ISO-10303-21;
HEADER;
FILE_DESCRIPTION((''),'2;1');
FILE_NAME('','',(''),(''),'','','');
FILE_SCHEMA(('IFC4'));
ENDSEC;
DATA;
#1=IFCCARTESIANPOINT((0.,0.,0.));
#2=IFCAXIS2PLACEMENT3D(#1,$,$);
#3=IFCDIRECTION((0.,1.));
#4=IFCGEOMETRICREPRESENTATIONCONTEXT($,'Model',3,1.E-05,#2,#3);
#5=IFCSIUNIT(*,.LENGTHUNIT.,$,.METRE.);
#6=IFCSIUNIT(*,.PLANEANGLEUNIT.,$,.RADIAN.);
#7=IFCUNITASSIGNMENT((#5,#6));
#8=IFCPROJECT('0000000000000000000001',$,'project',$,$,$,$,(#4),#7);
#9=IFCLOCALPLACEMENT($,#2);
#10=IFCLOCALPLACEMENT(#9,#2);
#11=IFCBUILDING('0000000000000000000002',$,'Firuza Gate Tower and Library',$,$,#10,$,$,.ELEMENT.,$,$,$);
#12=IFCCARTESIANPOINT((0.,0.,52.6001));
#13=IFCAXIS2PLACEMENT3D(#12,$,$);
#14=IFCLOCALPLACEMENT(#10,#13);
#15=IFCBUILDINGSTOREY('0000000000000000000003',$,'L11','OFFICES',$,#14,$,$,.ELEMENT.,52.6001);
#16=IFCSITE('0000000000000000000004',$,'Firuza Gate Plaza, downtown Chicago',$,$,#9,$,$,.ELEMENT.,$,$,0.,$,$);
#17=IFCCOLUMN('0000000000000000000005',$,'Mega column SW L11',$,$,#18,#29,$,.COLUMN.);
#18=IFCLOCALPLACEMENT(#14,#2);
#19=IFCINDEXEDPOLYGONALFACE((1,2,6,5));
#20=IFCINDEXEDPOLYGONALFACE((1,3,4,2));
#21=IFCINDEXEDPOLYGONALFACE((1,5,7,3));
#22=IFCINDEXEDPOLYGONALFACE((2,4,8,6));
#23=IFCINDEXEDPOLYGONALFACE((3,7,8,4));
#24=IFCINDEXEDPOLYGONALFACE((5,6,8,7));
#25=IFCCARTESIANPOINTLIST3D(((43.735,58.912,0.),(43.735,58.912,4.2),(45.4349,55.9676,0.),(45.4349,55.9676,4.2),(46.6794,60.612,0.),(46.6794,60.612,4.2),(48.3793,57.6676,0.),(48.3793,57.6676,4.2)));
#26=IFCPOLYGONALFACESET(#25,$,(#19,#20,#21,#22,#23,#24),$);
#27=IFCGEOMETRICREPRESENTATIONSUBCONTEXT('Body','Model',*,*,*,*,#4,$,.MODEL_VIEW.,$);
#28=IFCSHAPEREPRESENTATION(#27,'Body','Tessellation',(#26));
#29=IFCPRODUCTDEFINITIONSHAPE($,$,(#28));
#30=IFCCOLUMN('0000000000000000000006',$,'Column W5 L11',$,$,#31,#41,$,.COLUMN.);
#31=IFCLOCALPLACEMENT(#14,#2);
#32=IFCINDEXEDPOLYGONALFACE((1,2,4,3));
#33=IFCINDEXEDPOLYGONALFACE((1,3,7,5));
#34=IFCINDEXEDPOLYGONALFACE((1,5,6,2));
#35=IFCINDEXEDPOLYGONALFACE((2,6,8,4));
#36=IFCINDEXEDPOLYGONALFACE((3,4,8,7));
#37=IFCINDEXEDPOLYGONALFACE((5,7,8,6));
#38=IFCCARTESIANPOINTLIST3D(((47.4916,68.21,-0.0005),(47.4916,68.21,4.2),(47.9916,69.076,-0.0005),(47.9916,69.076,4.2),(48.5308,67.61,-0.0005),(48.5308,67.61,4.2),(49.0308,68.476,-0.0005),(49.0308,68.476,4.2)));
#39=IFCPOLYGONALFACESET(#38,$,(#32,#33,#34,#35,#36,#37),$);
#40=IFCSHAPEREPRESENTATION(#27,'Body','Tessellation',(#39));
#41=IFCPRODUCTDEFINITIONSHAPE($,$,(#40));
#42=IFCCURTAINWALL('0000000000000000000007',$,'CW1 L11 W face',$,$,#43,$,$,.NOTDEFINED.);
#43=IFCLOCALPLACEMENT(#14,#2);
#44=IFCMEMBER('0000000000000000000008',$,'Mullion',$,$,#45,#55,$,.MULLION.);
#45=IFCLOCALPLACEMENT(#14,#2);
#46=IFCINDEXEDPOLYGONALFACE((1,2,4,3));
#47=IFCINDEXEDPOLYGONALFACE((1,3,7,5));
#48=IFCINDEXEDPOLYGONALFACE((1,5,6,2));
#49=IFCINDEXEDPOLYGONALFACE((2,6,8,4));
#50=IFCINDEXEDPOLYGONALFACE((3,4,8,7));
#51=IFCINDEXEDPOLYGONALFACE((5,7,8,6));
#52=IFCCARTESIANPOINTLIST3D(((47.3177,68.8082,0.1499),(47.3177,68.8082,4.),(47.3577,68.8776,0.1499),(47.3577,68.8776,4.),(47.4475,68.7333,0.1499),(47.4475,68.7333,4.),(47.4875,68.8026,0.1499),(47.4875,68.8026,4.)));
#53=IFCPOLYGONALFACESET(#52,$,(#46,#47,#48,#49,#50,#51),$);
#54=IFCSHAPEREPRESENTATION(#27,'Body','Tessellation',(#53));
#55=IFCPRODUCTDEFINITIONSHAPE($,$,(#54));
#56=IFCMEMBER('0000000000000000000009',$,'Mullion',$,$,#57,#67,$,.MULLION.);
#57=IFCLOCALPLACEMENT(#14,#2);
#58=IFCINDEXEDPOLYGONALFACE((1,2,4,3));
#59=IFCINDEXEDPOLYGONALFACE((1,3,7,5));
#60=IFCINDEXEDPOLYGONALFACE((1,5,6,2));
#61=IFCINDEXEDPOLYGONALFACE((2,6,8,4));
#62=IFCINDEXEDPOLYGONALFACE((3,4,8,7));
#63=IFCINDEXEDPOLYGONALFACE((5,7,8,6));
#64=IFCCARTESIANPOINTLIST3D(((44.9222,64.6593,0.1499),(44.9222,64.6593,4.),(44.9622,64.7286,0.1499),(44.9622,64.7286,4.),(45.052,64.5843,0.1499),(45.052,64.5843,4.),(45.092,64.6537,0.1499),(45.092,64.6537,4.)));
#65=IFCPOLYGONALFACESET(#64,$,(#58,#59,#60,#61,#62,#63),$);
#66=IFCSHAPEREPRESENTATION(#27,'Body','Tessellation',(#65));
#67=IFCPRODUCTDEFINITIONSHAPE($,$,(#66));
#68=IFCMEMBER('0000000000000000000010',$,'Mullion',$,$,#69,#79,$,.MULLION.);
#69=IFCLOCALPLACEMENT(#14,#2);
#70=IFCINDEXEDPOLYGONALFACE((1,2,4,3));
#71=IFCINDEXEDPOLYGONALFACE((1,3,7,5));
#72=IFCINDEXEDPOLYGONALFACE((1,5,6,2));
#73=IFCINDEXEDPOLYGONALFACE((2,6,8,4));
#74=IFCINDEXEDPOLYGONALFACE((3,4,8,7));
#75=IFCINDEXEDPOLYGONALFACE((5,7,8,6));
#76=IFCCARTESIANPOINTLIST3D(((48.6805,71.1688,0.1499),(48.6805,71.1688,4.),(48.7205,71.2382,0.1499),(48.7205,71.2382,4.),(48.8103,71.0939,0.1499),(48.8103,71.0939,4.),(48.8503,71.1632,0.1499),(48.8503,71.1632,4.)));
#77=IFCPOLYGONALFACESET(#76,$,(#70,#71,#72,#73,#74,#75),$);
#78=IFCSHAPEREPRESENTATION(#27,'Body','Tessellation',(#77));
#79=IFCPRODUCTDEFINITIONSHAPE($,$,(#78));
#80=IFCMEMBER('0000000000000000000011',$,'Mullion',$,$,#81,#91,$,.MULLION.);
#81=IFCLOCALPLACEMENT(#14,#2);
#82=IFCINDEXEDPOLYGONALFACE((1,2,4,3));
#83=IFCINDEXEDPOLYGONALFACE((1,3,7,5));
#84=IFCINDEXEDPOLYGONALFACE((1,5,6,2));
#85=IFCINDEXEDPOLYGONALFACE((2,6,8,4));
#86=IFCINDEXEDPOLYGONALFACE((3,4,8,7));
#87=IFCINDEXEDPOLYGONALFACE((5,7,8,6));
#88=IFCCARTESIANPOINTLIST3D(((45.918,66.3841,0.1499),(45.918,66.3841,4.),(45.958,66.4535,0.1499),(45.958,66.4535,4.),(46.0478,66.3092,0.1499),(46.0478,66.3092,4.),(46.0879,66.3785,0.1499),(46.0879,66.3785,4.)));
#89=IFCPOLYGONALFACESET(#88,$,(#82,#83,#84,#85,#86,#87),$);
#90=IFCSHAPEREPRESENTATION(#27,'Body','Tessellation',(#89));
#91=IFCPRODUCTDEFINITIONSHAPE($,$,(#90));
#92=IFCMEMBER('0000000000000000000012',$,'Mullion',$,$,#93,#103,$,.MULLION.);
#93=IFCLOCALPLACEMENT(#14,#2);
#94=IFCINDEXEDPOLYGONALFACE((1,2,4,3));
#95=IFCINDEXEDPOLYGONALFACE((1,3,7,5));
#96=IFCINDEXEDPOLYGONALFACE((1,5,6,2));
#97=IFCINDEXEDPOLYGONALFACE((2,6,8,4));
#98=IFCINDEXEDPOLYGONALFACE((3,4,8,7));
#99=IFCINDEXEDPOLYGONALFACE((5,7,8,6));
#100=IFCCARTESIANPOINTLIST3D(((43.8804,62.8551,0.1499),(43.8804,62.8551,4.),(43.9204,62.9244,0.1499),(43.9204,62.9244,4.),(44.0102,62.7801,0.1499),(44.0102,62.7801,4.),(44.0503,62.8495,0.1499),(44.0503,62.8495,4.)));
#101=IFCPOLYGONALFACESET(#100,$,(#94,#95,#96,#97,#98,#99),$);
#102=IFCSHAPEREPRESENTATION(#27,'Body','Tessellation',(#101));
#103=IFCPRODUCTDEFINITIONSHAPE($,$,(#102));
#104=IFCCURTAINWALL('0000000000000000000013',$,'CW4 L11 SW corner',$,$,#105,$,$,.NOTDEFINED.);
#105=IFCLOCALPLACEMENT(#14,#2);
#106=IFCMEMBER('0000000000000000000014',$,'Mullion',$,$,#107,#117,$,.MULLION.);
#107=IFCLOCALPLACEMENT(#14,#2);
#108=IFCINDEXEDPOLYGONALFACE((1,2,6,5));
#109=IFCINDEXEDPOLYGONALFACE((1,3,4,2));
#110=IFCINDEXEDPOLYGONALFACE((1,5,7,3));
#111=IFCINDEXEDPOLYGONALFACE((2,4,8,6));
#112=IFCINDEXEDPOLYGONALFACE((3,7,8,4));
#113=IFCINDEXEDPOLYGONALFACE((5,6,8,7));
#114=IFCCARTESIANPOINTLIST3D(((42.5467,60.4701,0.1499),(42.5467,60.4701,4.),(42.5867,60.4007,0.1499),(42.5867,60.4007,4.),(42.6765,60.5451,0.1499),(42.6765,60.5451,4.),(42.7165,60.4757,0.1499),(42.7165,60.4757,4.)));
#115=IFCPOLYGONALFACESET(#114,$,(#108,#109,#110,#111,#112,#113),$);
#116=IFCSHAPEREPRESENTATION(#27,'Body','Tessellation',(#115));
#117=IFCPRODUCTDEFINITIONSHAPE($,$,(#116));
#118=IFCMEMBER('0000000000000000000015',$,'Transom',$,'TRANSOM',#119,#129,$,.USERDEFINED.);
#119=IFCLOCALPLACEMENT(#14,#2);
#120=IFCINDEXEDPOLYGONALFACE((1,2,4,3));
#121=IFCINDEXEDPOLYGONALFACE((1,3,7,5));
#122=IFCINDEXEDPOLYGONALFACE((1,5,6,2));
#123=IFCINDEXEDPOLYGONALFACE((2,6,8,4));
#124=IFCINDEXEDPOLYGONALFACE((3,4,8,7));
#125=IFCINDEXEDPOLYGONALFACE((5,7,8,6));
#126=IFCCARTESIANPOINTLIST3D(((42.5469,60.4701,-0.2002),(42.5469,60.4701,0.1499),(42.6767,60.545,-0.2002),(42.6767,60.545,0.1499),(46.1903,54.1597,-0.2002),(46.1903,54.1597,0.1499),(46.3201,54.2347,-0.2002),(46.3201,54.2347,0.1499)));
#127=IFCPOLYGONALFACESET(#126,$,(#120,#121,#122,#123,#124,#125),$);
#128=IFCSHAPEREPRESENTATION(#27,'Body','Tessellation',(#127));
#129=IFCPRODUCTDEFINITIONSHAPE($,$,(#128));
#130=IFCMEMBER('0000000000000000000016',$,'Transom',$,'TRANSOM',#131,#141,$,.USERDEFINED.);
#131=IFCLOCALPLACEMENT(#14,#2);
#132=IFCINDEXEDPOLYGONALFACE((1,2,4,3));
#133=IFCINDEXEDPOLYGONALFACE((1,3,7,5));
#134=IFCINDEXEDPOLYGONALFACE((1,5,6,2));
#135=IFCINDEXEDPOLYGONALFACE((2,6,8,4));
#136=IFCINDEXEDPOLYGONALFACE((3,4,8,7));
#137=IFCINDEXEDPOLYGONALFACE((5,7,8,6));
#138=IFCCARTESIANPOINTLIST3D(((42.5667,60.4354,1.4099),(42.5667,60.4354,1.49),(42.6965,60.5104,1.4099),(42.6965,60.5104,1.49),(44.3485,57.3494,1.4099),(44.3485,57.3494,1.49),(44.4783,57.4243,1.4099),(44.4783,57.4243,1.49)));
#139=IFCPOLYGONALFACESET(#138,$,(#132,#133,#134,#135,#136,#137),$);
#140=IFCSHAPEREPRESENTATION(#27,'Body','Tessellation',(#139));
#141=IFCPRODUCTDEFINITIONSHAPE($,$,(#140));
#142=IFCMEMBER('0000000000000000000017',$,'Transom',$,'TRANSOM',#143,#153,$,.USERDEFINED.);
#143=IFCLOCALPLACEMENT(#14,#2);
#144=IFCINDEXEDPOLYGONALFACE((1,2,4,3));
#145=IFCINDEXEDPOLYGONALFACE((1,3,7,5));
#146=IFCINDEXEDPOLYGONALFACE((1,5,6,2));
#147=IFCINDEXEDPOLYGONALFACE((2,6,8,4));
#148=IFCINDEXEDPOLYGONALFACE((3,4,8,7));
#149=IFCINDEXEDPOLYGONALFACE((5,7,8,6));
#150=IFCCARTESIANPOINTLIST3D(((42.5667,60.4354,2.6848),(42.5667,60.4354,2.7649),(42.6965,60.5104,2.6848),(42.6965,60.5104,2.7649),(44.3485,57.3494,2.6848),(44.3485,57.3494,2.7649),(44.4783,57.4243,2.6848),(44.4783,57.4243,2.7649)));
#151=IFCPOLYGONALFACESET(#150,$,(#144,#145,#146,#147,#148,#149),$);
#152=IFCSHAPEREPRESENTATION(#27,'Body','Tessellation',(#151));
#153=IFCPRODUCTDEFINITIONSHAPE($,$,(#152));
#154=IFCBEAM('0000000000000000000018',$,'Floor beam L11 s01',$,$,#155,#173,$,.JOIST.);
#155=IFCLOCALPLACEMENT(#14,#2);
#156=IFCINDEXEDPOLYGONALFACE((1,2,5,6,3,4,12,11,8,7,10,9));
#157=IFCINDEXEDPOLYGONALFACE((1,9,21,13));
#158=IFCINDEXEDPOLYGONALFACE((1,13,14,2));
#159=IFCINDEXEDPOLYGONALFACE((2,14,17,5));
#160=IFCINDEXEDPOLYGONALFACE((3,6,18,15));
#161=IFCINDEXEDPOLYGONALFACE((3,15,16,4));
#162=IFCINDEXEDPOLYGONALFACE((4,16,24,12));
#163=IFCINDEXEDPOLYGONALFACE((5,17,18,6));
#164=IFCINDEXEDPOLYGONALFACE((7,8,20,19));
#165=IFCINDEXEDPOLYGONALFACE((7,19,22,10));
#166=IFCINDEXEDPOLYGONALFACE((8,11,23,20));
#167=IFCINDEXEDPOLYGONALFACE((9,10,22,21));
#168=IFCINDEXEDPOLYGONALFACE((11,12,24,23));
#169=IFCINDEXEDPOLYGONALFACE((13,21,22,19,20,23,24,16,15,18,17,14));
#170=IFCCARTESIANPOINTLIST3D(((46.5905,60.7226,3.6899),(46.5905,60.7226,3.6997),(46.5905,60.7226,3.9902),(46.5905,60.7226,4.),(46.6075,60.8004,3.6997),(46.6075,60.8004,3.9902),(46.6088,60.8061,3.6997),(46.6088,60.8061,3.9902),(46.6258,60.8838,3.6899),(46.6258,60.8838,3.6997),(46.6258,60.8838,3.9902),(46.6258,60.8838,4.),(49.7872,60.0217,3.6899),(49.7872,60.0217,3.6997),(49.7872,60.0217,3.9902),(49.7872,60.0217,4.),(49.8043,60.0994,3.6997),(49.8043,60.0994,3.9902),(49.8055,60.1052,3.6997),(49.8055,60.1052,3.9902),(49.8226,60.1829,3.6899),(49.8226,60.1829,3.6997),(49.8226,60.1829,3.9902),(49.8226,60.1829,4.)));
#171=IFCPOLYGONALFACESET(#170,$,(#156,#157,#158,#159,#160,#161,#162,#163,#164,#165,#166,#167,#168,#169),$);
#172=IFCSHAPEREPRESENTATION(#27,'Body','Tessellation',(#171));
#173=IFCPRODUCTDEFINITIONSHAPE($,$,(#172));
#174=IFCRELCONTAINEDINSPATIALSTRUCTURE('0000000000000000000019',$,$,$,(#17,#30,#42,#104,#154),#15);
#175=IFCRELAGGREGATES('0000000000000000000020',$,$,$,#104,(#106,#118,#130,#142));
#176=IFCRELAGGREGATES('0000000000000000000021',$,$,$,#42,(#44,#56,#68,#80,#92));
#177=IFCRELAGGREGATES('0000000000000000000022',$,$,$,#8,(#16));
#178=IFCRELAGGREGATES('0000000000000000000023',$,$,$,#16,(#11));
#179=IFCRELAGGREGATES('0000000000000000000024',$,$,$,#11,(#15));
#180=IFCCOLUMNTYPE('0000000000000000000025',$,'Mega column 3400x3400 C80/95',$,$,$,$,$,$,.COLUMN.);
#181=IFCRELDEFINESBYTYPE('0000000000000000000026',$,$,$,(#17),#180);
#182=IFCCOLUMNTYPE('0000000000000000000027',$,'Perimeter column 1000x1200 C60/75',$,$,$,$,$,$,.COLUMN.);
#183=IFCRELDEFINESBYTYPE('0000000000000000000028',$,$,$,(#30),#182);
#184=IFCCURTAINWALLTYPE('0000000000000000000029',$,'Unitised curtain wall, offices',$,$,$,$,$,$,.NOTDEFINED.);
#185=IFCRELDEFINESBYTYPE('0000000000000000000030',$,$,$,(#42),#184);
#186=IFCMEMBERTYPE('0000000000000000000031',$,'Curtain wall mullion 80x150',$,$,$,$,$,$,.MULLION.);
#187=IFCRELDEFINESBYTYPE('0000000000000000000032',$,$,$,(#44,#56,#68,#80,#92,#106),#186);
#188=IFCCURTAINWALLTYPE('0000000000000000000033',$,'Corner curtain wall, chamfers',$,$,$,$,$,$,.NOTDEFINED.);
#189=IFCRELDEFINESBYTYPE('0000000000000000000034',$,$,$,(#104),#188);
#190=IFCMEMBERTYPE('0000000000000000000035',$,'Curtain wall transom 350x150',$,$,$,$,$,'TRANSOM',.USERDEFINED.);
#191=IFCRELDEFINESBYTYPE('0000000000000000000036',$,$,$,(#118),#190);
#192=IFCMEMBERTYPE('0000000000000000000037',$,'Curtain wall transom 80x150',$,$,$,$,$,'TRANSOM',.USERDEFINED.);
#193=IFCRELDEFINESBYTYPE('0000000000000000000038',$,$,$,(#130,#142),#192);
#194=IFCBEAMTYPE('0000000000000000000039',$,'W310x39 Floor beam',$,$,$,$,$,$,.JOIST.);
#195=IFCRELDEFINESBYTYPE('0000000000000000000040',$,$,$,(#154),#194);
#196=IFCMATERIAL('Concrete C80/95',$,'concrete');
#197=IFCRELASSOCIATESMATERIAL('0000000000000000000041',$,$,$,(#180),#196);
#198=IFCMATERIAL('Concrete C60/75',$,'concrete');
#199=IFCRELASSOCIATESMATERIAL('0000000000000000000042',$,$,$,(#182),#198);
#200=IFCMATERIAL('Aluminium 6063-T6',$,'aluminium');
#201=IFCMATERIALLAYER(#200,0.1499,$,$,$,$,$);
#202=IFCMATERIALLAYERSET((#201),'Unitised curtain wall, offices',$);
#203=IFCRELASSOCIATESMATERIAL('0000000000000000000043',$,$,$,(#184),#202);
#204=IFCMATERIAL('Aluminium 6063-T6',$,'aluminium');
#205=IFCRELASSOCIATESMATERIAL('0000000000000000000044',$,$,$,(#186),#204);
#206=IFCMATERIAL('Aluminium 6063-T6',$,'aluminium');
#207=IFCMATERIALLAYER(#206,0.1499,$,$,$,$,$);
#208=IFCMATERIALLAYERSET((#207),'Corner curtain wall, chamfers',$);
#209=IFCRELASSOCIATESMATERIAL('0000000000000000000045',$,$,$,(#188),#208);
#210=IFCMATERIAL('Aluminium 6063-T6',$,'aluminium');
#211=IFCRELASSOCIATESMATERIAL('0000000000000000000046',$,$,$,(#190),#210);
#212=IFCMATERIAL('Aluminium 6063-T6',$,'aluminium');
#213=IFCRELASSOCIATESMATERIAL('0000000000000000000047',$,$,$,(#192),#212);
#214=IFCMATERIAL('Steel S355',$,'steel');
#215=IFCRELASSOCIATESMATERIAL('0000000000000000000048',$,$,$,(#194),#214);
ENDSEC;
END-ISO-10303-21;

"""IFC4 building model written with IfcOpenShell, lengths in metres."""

from ifc_helpers import new_model, si_unit, direction, frame, origin, origin_2d, place, context, subcontext, project, spatial, rectangle, i_section, extrude, material, layer, layer_set, material_profile, profile_set, type_object, element, aggregate, save


model = new_model("IFC4")

# Units and contexts
model_context = context("Model", 3, precision=1e-05, world=origin(), true_north=direction((0.0, 1.0)))
body_context = subcontext(model_context, "Body", "Model", "MODEL_VIEW")
ifc_project = project(units=[si_unit("LENGTHUNIT", "METRE"), si_unit("PLANEANGLEUNIT", "RADIAN")], contexts=[model_context])

# Site, building, storey
site_placement = place(None, origin())
site = spatial("IfcSite", under=ifc_project, at=site_placement, Name="Firuza Gate Plaza, downtown Chicago", CompositionType="ELEMENT", RefElevation=0.0)
building_placement = place(site_placement, origin())
building = spatial("IfcBuilding", under=site, at=building_placement, Name="Firuza Gate Tower and Library", CompositionType="ELEMENT")
storey_placement = place(building_placement, frame((0.0, 0.0, 52.6001)))
storey = spatial("IfcBuildingStorey", under=building, at=storey_placement, Name="L11", Description="OFFICES", CompositionType="ELEMENT", Elevation=52.6001)

# Columns
ifc_material_1 = material(Name="Concrete C80/95", Category="concrete")
ifc_material_profile_1 = material_profile(ifc_material_1, rectangle(XDim=3.3999, YDim=3.3999, at=origin_2d()))
ifc_profile_set_1 = profile_set([ifc_material_profile_1], Name="Concrete C80/95")
column_type_1 = type_object("IfcColumnType", Name="Mega column 3400x3400 C80/95", PredefinedType="COLUMN", material=ifc_profile_set_1)
column_1_placement = place(storey_placement, frame((46.0571, 58.2898, 0.0), z_axis=(0.0, 0.0, 1.0), x_axis=(0.5, -0.866025, 0.0)))
element("IfcColumn", 1, at=column_1_placement, inside=storey, type_object=column_type_1, Name="Mega column SW L11", PredefinedType="COLUMN", context=body_context, shape_type="SweptSolid", body=[
    extrude(rectangle(XDim=3.3999, YDim=3.3999, at=origin_2d()), origin(), (0.0, 0.0, 1.0), 4.2),
])
ifc_material_2 = material(Name="Concrete C60/75", Category="concrete")
ifc_material_profile_2 = material_profile(ifc_material_2, rectangle(XDim=1.0, YDim=1.2, at=origin_2d()))
ifc_profile_set_2 = profile_set([ifc_material_profile_2], Name="Concrete C60/75")
column_type_2 = type_object("IfcColumnType", Name="Perimeter column 1000x1200 C60/75", PredefinedType="COLUMN", material=ifc_profile_set_2)
column_2_placement = place(storey_placement, frame((48.2612, 68.343, -0.0005), z_axis=(0.0, 0.0, 1.0), x_axis=(-0.5, -0.866025, 0.0)))
element("IfcColumn", 2, at=column_2_placement, inside=storey, type_object=column_type_2, Name="Column W5 L11", PredefinedType="COLUMN", context=body_context, shape_type="SweptSolid", body=[
    extrude(rectangle(XDim=1.0, YDim=1.2, at=origin_2d()), origin(), (0.0, 0.0, 1.0), 4.2004),
])

# Curtain walls, members
ifc_material_3 = material(Name="Aluminium 6063-T6", Category="aluminium")
ifc_layer_1 = layer(ifc_material_3, 0.1499)
ifc_layer_set_1 = layer_set([ifc_layer_1], Name="Unitised curtain wall, offices")
curtain_wall_type_1 = type_object("IfcCurtainWallType", Name="Unitised curtain wall, offices", PredefinedType="NOTDEFINED", material=ifc_layer_set_1)
placement = place(storey_placement, origin())
curtain_wall_1 = element("IfcCurtainWall", 3, at=placement, inside=storey, type_object=curtain_wall_type_1, Name="CW1 L11 W face", PredefinedType="NOTDEFINED")
ifc_material_4 = material(Name="Aluminium 6063-T6", Category="aluminium")
ifc_material_profile_3 = material_profile(ifc_material_4, rectangle(XDim=0.1499, YDim=0.0801, at=origin_2d()))
ifc_profile_set_3 = profile_set([ifc_material_profile_3], Name="Aluminium 6063-T6")
member_type_1 = type_object("IfcMemberType", Name="Curtain wall mullion 80x150", PredefinedType="MULLION", material=ifc_profile_set_3)
member_1_placement = place(storey_placement, frame((47.4026, 68.8054, 0.1499), z_axis=(0.0, 0.0, 1.0), x_axis=(0.866025, -0.5, 0.0)))
member_1 = element("IfcMember", 4, at=member_1_placement, type_object=member_type_1, Name="Mullion", PredefinedType="MULLION", context=body_context, shape_type="SweptSolid", body=[
    extrude(rectangle(XDim=0.1499, YDim=0.0801, at=origin_2d()), origin(), (0.0, 0.0, 1.0), 3.8501),
])
member_2_placement = place(storey_placement, frame((45.0071, 64.6565, 0.1499), z_axis=(0.0, 0.0, 1.0), x_axis=(0.866025, -0.5, 0.0)))
member_2 = element("IfcMember", 5, at=member_2_placement, type_object=member_type_1, Name="Mullion", PredefinedType="MULLION", context=body_context, shape_type="SweptSolid", body=[
    extrude(rectangle(XDim=0.1499, YDim=0.0801, at=origin_2d()), origin(), (0.0, 0.0, 1.0), 3.8501),
])
member_3_placement = place(storey_placement, frame((48.7654, 71.166, 0.1499), z_axis=(0.0, 0.0, 1.0), x_axis=(0.866025, -0.5, 0.0)))
member_3 = element("IfcMember", 6, at=member_3_placement, type_object=member_type_1, Name="Mullion", PredefinedType="MULLION", context=body_context, shape_type="SweptSolid", body=[
    extrude(rectangle(XDim=0.1499, YDim=0.0801, at=origin_2d()), origin(), (0.0, 0.0, 1.0), 3.8501),
])
member_4_placement = place(storey_placement, frame((46.0029, 66.3813, 0.1499), z_axis=(0.0, 0.0, 1.0), x_axis=(0.866025, -0.5, 0.0)))
member_4 = element("IfcMember", 7, at=member_4_placement, type_object=member_type_1, Name="Mullion", PredefinedType="MULLION", context=body_context, shape_type="SweptSolid", body=[
    extrude(rectangle(XDim=0.1499, YDim=0.0801, at=origin_2d()), origin(), (0.0, 0.0, 1.0), 3.8501),
])
member_5_placement = place(storey_placement, frame((43.9653, 62.8523, 0.1499), z_axis=(0.0, 0.0, 1.0), x_axis=(0.866025, -0.5, 0.0)))
member_5 = element("IfcMember", 8, at=member_5_placement, type_object=member_type_1, Name="Mullion", PredefinedType="MULLION", context=body_context, shape_type="SweptSolid", body=[
    extrude(rectangle(XDim=0.1499, YDim=0.0801, at=origin_2d()), origin(), (0.0, 0.0, 1.0), 3.8501),
])
ifc_material_5 = material(Name="Aluminium 6063-T6", Category="aluminium")
ifc_layer_2 = layer(ifc_material_5, 0.1499)
ifc_layer_set_2 = layer_set([ifc_layer_2], Name="Corner curtain wall, chamfers")
curtain_wall_type_2 = type_object("IfcCurtainWallType", Name="Corner curtain wall, chamfers", PredefinedType="NOTDEFINED", material=ifc_layer_set_2)
curtain_wall_2 = element("IfcCurtainWall", 9, at=placement, inside=storey, type_object=curtain_wall_type_2, Name="CW4 L11 SW corner", PredefinedType="NOTDEFINED")
member_6_placement = place(storey_placement, frame((42.6316, 60.4729, 0.1499), z_axis=(0.0, 0.0, 1.0), x_axis=(0.866025, 0.5, 0.0)))
member_6 = element("IfcMember", 10, at=member_6_placement, type_object=member_type_1, Name="Mullion", PredefinedType="MULLION", context=body_context, shape_type="SweptSolid", body=[
    extrude(rectangle(XDim=0.1499, YDim=0.0801, at=origin_2d()), origin(), (0.0, 0.0, 1.0), 3.8501),
])
ifc_material_6 = material(Name="Aluminium 6063-T6", Category="aluminium")
ifc_material_profile_4 = material_profile(ifc_material_6, rectangle(XDim=0.1499, YDim=0.3501, at=origin_2d()))
ifc_profile_set_4 = profile_set([ifc_material_profile_4], Name="Aluminium 6063-T6")
member_type_2 = type_object("IfcMemberType", Name="Curtain wall transom 350x150", ElementType="TRANSOM", PredefinedType="USERDEFINED", material=ifc_profile_set_4)
member_7_placement = place(storey_placement, frame((42.6118, 60.5076, -0.0251), z_axis=(0.500006, -0.866022, 0.0), x_axis=(0.866022, 0.500006, 0.0)))
member_7 = element("IfcMember", 11, at=member_7_placement, type_object=member_type_2, Name="Transom", ObjectType="TRANSOM", PredefinedType="USERDEFINED", context=body_context, shape_type="SweptSolid", body=[
    extrude(rectangle(XDim=0.1499, YDim=0.3501, at=origin_2d()), origin(), (0.0, 0.0, 1.0), 7.2866),
])
ifc_material_7 = material(Name="Aluminium 6063-T6", Category="aluminium")
ifc_material_profile_5 = material_profile(ifc_material_7, rectangle(XDim=0.1499, YDim=0.0801, at=origin_2d()))
ifc_profile_set_5 = profile_set([ifc_material_profile_5], Name="Aluminium 6063-T6")
member_type_3 = type_object("IfcMemberType", Name="Curtain wall transom 80x150", ElementType="TRANSOM", PredefinedType="USERDEFINED", material=ifc_profile_set_5)
member_8_placement = place(storey_placement, frame((42.6316, 60.4729, 1.45), z_axis=(0.500015, -0.866017, 0.0), x_axis=(0.866017, 0.500015, 0.0)))
member_8 = element("IfcMember", 12, at=member_8_placement, type_object=member_type_3, Name="Transom", ObjectType="TRANSOM", PredefinedType="USERDEFINED", context=body_context, shape_type="SweptSolid", body=[
    extrude(rectangle(XDim=0.1499, YDim=0.0801, at=origin_2d()), origin(), (0.0, 0.0, 1.0), 3.5635),
])
member_9_placement = place(storey_placement, frame((42.6316, 60.4729, 2.7249), z_axis=(0.500015, -0.866017, 0.0), x_axis=(0.866017, 0.500015, 0.0)))
member_9 = element("IfcMember", 13, at=member_9_placement, type_object=member_type_3, Name="Transom", ObjectType="TRANSOM", PredefinedType="USERDEFINED", context=body_context, shape_type="SweptSolid", body=[
    extrude(rectangle(XDim=0.1499, YDim=0.0801, at=origin_2d()), origin(), (0.0, 0.0, 1.0), 3.5635),
])

# Beam
ifc_material_8 = material(Name="Steel S355", Category="steel")
ifc_material_profile_6 = material_profile(ifc_material_8, i_section(OverallWidth=0.165, OverallDepth=0.3101, WebThickness=0.0059, FlangeThickness=0.0098, at=origin_2d()))
ifc_profile_set_6 = profile_set([ifc_material_profile_6], Name="Steel S355")
beam_type_1 = type_object("IfcBeamType", Name="W310x39 Floor beam", PredefinedType="JOIST", material=ifc_profile_set_6)
beam_1_placement = place(storey_placement, frame((46.6082, 60.8032, 3.845), z_axis=(0.976796, -0.214173, 0.0), x_axis=(0.214173, 0.976796, 0.0)))
element("IfcBeam", 14, at=beam_1_placement, inside=storey, type_object=beam_type_1, Name="Floor beam L11 s01", PredefinedType="JOIST", context=body_context, shape_type="SweptSolid", body=[
    extrude(i_section(OverallWidth=0.165, OverallDepth=0.3101, WebThickness=0.0059, FlangeThickness=0.0098, at=origin_2d()), origin(), (0.0, 0.0, 1.0), 3.2727),
])

aggregate(curtain_wall_2, [member_6, member_7, member_8, member_9])
aggregate(curtain_wall_1, [member_1, member_2, member_3, member_4, member_5])

save(model, "model.ifc")
